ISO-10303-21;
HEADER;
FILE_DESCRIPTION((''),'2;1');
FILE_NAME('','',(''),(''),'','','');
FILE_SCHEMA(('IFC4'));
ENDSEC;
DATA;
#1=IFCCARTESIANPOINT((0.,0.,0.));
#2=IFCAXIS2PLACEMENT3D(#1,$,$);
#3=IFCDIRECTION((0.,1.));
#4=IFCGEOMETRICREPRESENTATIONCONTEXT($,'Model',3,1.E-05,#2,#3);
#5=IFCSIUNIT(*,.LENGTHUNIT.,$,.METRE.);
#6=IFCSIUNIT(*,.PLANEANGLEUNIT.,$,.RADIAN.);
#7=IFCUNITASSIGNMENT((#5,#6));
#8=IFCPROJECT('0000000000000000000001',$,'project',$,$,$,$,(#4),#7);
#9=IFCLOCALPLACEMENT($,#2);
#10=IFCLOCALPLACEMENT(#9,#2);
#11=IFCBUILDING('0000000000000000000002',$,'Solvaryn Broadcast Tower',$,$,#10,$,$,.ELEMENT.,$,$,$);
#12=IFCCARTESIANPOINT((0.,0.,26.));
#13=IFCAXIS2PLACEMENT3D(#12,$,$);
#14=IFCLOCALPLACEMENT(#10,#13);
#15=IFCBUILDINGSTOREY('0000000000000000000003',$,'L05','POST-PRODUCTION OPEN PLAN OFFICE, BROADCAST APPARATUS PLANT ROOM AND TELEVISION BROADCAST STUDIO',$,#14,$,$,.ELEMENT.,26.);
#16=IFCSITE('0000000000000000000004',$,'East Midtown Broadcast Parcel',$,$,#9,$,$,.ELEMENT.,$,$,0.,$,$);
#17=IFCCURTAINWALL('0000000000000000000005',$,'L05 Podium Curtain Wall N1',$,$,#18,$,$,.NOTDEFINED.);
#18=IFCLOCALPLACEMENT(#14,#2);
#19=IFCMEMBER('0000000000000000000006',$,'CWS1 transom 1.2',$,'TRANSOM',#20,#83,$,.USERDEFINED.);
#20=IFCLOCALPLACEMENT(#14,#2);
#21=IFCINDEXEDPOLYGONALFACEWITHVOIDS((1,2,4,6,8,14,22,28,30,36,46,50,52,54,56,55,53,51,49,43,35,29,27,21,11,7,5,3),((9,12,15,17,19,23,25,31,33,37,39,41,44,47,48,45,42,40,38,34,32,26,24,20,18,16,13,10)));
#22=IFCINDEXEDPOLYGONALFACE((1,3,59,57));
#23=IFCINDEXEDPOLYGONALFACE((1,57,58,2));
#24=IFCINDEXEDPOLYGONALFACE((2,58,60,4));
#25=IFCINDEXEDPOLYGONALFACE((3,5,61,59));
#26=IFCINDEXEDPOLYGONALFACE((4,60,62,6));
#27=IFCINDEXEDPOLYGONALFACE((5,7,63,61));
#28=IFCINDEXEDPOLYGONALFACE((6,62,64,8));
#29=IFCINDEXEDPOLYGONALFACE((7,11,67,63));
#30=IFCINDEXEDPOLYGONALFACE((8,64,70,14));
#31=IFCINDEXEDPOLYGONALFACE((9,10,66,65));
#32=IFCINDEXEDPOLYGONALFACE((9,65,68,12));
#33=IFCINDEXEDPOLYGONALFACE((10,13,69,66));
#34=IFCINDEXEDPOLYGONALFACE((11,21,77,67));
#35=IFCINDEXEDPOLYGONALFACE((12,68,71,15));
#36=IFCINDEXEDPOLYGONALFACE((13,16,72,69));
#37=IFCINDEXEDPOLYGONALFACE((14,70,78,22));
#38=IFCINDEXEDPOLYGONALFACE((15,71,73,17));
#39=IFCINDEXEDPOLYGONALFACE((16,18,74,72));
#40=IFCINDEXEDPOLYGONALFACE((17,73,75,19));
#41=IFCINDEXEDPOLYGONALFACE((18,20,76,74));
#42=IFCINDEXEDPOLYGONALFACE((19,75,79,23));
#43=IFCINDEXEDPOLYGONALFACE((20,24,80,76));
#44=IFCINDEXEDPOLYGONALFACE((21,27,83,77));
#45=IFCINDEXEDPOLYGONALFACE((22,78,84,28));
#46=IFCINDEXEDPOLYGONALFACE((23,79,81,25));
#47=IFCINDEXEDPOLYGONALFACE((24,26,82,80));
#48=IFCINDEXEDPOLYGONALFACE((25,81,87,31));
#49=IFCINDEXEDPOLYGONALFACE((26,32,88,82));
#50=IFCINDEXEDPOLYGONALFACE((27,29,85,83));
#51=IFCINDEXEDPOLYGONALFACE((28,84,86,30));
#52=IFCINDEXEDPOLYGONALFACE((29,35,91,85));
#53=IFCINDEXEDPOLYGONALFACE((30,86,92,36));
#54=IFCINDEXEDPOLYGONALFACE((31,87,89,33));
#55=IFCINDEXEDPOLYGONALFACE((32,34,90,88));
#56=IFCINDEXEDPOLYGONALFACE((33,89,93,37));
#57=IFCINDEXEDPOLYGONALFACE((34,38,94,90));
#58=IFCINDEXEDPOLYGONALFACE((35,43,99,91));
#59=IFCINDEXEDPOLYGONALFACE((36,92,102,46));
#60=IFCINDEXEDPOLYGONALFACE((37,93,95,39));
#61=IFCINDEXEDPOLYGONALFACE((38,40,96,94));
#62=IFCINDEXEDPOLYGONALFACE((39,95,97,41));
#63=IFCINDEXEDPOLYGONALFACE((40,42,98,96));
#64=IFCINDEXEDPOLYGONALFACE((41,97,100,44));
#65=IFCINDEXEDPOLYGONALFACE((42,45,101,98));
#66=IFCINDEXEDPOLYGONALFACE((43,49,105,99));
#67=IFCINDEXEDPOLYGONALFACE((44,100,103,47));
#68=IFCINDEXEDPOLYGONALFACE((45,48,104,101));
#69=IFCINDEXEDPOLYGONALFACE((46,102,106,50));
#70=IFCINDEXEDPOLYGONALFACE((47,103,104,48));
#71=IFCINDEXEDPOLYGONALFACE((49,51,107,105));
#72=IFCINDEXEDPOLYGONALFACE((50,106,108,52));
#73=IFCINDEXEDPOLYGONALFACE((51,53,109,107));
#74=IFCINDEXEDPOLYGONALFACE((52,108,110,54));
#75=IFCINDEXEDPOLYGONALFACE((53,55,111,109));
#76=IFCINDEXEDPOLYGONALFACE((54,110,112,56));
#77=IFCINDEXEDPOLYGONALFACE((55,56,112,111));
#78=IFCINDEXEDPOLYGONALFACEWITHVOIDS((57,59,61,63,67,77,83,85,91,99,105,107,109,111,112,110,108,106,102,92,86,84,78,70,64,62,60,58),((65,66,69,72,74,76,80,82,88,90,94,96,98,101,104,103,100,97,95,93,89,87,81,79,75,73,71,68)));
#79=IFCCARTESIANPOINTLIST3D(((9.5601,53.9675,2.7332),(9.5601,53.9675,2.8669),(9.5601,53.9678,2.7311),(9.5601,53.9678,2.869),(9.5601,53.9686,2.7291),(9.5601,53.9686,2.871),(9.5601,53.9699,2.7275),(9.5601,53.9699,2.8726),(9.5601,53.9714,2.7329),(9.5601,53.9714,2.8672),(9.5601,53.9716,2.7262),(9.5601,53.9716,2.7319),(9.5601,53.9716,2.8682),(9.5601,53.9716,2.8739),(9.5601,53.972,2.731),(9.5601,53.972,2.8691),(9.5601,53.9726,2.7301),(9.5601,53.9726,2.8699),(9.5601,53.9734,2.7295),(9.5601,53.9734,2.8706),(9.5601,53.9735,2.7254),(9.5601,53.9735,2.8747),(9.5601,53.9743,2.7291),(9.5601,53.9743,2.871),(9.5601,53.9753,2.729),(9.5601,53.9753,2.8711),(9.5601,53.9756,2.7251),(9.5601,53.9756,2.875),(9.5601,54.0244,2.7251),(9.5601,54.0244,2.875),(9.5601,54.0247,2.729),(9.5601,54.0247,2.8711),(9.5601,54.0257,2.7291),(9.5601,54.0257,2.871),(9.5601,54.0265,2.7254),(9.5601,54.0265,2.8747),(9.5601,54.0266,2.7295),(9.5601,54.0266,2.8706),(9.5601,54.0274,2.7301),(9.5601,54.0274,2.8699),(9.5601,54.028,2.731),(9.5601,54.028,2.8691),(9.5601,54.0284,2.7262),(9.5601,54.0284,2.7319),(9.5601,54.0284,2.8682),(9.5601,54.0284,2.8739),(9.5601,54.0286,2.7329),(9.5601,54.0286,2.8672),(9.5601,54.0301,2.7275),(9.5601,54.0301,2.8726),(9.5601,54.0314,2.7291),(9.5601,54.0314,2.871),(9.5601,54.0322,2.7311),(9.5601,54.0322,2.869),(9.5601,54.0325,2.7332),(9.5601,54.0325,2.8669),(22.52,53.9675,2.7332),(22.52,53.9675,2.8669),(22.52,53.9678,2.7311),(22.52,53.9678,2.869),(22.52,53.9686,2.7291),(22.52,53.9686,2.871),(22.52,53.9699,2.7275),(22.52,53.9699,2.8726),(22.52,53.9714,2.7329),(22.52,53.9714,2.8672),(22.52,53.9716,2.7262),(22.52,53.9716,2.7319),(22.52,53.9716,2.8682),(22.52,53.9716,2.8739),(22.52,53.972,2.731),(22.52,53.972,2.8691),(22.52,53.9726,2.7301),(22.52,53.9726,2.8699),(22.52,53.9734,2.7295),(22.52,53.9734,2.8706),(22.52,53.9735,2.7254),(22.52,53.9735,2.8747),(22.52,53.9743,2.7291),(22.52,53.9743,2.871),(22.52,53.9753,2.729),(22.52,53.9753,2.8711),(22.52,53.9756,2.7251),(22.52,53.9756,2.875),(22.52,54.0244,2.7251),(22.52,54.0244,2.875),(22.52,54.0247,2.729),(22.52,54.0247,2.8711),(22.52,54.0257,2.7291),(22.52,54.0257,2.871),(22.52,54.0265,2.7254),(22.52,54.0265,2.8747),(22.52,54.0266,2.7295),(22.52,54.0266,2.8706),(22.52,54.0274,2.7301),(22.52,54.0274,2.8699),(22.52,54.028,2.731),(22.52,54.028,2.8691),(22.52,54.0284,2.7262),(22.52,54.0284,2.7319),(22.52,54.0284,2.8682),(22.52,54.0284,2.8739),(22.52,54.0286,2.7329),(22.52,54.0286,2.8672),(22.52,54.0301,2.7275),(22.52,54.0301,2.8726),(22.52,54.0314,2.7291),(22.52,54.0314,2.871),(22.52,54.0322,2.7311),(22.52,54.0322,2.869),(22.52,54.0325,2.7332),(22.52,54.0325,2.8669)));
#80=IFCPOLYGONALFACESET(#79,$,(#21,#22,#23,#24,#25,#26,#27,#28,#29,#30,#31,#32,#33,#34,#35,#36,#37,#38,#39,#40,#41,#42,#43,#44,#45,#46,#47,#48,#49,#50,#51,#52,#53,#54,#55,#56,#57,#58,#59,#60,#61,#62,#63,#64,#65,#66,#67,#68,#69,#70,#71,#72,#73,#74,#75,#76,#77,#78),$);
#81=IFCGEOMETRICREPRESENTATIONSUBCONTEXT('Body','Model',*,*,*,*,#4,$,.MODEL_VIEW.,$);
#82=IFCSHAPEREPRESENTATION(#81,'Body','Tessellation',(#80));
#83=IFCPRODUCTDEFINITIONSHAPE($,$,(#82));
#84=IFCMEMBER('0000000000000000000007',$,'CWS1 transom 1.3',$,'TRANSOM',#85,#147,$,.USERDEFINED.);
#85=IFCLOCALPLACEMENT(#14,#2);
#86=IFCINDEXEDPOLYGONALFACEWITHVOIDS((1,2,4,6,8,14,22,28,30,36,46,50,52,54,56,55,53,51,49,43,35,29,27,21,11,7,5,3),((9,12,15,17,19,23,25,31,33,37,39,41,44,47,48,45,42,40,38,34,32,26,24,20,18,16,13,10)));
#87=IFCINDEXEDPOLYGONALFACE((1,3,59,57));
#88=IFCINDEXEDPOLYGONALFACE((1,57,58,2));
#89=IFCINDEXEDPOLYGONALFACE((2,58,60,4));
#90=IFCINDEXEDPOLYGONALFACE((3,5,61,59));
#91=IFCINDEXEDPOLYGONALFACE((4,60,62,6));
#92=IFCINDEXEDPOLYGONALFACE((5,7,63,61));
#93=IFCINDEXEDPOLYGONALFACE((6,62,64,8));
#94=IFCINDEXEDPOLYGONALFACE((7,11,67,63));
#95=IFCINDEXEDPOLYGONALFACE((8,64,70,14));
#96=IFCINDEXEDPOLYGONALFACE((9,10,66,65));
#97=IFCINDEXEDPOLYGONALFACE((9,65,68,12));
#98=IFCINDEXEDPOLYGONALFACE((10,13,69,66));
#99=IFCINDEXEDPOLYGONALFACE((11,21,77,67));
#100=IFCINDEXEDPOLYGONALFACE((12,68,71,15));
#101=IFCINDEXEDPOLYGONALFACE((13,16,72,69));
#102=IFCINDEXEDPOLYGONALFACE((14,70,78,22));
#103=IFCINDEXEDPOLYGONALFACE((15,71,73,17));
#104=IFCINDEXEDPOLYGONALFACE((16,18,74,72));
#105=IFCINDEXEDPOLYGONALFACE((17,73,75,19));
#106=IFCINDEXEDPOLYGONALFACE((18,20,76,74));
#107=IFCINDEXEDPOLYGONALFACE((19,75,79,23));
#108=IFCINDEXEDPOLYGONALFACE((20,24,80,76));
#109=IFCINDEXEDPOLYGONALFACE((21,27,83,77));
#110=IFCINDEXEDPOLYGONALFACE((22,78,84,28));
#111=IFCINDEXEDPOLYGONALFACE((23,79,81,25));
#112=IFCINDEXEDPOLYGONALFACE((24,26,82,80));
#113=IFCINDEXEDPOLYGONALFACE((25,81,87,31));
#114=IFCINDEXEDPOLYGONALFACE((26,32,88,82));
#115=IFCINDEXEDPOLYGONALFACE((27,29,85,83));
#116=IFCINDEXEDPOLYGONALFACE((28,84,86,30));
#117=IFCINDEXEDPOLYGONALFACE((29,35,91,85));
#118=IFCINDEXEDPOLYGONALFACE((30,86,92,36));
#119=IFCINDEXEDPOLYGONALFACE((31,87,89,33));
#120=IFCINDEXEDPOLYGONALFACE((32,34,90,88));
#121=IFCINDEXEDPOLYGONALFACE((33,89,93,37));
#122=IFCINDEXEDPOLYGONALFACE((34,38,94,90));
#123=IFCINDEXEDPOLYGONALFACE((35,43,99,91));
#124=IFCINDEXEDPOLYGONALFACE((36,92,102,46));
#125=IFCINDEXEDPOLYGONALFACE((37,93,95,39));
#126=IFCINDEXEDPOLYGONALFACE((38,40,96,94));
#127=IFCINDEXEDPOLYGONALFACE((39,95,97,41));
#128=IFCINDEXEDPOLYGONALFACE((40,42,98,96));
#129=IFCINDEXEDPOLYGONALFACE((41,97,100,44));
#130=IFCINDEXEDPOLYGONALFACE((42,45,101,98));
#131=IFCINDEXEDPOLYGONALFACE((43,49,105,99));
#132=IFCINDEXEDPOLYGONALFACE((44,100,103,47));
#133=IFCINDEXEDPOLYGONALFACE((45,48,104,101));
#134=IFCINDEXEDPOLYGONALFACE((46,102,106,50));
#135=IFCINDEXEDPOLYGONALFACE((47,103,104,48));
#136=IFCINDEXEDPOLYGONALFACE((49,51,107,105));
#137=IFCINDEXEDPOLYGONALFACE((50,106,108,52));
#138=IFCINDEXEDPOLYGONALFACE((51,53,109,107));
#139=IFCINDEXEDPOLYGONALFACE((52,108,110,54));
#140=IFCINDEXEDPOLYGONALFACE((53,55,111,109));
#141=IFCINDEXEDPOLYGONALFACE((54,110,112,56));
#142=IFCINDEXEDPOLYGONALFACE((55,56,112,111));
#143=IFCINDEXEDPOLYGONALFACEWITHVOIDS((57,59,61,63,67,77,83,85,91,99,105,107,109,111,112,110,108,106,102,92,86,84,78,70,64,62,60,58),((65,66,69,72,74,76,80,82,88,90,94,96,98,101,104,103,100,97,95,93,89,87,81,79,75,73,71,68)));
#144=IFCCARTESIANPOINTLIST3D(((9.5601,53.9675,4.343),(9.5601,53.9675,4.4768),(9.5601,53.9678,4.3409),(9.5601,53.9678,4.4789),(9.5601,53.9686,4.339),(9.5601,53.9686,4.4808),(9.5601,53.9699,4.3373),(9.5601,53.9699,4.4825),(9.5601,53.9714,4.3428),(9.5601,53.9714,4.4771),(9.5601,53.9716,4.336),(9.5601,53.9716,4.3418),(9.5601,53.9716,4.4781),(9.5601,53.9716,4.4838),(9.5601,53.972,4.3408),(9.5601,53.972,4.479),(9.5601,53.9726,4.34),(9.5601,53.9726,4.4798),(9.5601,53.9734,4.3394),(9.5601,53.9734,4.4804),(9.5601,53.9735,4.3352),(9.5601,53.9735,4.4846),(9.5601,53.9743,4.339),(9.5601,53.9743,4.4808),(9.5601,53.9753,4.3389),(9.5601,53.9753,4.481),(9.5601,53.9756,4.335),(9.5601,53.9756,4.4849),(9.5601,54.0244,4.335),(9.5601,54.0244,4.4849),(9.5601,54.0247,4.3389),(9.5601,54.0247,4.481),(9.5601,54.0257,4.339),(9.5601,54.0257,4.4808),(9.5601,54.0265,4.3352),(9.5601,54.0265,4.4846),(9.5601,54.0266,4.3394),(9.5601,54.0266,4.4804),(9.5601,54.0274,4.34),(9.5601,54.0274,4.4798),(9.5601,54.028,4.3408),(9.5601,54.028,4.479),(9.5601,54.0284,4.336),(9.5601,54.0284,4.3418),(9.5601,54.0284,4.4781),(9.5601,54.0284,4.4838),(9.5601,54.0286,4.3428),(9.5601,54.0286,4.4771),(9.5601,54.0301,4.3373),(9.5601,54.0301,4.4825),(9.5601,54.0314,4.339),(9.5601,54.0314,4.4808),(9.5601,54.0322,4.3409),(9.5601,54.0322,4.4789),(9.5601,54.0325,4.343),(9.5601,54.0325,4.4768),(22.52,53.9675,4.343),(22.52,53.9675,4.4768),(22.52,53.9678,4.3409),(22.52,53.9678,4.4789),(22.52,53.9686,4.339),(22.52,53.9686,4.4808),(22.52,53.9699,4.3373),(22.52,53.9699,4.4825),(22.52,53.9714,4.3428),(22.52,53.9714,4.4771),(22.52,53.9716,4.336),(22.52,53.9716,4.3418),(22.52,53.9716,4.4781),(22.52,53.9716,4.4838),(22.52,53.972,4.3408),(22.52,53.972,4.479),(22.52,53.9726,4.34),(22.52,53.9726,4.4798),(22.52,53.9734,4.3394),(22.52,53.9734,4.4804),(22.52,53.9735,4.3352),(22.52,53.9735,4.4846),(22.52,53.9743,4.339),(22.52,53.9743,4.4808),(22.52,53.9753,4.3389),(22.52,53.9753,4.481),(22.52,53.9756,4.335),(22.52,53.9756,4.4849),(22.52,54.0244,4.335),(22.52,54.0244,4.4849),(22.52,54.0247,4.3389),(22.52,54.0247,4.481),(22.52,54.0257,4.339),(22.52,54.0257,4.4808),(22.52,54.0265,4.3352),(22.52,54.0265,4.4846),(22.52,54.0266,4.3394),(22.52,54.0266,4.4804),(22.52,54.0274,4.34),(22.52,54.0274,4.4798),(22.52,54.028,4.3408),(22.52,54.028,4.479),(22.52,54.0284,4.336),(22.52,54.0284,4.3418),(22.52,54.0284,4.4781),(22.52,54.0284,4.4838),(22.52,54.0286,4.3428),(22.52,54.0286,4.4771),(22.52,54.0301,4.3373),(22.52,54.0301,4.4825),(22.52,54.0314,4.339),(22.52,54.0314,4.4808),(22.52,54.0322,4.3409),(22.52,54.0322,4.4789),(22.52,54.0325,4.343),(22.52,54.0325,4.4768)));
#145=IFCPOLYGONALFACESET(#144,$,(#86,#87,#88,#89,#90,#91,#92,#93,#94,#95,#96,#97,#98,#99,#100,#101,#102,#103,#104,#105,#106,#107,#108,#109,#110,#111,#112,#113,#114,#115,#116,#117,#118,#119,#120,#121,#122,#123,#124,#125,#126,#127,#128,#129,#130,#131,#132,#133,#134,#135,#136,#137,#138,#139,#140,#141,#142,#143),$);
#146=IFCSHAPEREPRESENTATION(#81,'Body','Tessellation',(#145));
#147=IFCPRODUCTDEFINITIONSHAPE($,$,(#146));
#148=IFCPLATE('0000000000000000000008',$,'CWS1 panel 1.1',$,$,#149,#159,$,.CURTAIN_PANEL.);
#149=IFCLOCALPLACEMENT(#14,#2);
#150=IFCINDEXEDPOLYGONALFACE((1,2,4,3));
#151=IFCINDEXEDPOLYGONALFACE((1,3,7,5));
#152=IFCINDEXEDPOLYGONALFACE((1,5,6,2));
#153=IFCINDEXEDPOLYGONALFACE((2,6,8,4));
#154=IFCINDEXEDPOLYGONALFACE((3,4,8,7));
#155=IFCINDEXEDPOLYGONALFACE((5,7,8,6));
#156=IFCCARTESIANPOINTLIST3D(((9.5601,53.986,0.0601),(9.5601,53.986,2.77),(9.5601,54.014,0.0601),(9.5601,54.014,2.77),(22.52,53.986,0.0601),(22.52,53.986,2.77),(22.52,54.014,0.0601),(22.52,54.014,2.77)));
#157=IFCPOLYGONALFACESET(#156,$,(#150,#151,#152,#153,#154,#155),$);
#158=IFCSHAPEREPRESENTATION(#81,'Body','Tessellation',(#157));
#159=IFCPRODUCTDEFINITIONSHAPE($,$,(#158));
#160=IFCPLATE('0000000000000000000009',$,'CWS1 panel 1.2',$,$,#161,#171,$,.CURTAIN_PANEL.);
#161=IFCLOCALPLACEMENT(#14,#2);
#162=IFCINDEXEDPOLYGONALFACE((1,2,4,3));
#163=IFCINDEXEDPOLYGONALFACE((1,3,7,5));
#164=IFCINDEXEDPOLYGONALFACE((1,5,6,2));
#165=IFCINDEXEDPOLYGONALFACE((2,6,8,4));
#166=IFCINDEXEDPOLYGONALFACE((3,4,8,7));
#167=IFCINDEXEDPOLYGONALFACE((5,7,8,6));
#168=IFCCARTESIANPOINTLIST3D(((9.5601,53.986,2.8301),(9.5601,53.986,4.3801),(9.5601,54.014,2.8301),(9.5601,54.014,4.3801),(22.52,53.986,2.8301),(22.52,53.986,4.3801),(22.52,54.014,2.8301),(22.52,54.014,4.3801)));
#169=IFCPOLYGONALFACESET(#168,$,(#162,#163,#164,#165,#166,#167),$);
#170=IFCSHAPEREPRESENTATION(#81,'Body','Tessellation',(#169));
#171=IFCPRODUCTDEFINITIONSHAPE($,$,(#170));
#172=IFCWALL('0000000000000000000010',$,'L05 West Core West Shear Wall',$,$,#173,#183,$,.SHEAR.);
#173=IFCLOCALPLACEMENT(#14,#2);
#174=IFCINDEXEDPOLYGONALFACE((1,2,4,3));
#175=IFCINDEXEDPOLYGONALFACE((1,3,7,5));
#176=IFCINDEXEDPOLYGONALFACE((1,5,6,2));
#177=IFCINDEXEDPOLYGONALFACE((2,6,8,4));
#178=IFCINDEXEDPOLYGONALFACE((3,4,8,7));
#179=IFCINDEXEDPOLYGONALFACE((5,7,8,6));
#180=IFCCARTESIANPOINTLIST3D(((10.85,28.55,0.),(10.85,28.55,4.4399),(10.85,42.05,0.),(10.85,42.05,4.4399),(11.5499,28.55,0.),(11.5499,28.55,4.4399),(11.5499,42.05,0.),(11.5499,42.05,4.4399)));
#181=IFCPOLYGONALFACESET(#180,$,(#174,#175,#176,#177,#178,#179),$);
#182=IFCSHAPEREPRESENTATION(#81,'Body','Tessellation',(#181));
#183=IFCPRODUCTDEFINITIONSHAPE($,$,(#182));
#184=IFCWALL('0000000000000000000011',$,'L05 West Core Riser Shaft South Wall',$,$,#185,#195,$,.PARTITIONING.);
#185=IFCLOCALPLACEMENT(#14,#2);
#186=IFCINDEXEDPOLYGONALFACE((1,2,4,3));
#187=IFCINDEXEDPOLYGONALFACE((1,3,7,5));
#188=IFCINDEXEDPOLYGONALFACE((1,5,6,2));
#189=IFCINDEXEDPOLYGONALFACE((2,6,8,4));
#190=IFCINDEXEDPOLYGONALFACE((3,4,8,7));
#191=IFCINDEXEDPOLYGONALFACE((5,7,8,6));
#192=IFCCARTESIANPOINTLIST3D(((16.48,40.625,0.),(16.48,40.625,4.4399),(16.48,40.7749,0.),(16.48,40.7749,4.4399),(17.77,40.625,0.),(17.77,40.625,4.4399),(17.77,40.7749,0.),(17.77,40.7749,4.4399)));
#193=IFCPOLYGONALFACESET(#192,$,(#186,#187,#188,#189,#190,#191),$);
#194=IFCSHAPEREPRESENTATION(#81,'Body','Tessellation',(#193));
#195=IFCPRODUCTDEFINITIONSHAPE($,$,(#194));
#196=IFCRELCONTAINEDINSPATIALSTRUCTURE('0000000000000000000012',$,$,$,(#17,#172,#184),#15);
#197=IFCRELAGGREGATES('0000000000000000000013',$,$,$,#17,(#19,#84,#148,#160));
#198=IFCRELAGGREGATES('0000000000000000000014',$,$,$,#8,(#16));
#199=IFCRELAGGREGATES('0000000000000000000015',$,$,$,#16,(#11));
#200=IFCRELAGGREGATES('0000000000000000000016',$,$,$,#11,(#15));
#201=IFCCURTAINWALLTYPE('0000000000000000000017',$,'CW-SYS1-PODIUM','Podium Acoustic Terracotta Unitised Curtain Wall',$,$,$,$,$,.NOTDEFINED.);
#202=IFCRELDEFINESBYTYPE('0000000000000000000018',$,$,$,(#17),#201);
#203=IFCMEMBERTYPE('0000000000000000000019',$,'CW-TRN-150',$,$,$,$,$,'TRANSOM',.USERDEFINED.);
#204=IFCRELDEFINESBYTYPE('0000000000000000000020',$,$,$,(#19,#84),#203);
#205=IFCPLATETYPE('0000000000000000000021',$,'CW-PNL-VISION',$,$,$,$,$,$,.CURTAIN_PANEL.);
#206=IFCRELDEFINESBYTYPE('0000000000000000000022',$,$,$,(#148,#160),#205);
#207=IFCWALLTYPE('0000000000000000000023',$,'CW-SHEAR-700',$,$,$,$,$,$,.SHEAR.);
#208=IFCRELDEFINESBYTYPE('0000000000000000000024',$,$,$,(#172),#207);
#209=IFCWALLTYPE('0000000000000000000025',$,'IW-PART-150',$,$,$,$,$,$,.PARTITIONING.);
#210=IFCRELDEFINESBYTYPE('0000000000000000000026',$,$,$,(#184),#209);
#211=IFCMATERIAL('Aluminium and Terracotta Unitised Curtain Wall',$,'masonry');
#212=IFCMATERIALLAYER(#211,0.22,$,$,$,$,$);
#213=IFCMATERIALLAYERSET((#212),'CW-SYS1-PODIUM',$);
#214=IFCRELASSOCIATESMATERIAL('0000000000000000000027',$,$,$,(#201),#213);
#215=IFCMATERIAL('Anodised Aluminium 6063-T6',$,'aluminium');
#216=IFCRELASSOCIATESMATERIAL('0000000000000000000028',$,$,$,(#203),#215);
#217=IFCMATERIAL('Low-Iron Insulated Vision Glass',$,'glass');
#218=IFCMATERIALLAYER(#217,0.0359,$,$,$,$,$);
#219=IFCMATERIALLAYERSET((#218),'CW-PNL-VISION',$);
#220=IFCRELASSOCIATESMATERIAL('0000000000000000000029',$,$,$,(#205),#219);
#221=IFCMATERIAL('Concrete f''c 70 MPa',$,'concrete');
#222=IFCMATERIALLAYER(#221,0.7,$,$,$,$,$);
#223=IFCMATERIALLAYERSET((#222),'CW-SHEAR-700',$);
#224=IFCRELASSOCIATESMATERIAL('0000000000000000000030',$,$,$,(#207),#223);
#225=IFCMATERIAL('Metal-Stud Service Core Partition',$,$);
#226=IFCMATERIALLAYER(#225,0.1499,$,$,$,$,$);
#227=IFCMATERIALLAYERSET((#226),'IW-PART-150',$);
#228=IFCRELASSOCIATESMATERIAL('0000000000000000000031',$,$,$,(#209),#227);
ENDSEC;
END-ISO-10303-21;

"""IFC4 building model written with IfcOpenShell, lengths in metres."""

from ifc_helpers import new_model, si_unit, direction, frame, frame_2d, origin, origin_2d, place, context, subcontext, project, spatial, rectangle, hollow_rectangle, extrude, material, layer, layer_set, material_profile, profile_set, type_object, element, aggregate, save


model = new_model("IFC4")

# Units and contexts
model_context = context("Model", 3, precision=1e-05, world=origin(), true_north=direction((0.0, 1.0)))
body_context = subcontext(model_context, "Body", "Model", "MODEL_VIEW")
ifc_project = project(units=[si_unit("LENGTHUNIT", "METRE"), si_unit("PLANEANGLEUNIT", "RADIAN")], contexts=[model_context])

# Site, building, storey
site_placement = place(None, origin())
site = spatial("IfcSite", under=ifc_project, at=site_placement, Name="East Midtown Broadcast Parcel", CompositionType="ELEMENT", RefElevation=0.0)
building_placement = place(site_placement, origin())
building = spatial("IfcBuilding", under=site, at=building_placement, Name="Solvaryn Broadcast Tower", CompositionType="ELEMENT")
storey_placement = place(building_placement, frame((0.0, 0.0, 26.0)))
storey = spatial("IfcBuildingStorey", under=building, at=storey_placement, Name="L05", Description="POST-PRODUCTION OPEN PLAN OFFICE, BROADCAST APPARATUS PLANT ROOM AND TELEVISION BROADCAST STUDIO", CompositionType="ELEMENT", Elevation=26.0)

# Curtain wall, members, plates
ifc_material_1 = material(Name="Aluminium and Terracotta Unitised Curtain Wall", Category="masonry")
ifc_layer_1 = layer(ifc_material_1, 0.22)
ifc_layer_set_1 = layer_set([ifc_layer_1], Name="CW-SYS1-PODIUM")
curtain_wall_type = type_object("IfcCurtainWallType", Name="CW-SYS1-PODIUM", Description="Podium Acoustic Terracotta Unitised Curtain Wall", PredefinedType="NOTDEFINED", material=ifc_layer_set_1)
curtain_wall_placement = place(storey_placement, origin())
curtain_wall = element("IfcCurtainWall", 1, at=curtain_wall_placement, inside=storey, type_object=curtain_wall_type, Name="L05 Podium Curtain Wall N1", PredefinedType="NOTDEFINED")
ifc_material_2 = material(Name="Anodised Aluminium 6063-T6", Category="aluminium")
ifc_material_profile_1 = material_profile(ifc_material_2, hollow_rectangle(XDim=0.0649, YDim=0.1499, WallThickness=0.0039, InnerFilletRadius=0.0039, OuterFilletRadius=0.0081, at=origin_2d()))
ifc_profile_set_1 = profile_set([ifc_material_profile_1], Name="Anodised Aluminium 6063-T6")
member_type_1 = type_object("IfcMemberType", Name="CW-TRN-150", ElementType="TRANSOM", PredefinedType="USERDEFINED", material=ifc_profile_set_1)
member_1_placement = place(storey_placement, frame((9.5601, 54.0, 2.8), z_axis=(1.0, 0.0, 0.0), x_axis=(0.0, 1.0, 0.0)))
member_1 = element("IfcMember", 2, at=member_1_placement, type_object=member_type_1, Name="CWS1 transom 1.2", ObjectType="TRANSOM", PredefinedType="USERDEFINED", context=body_context, shape_type="SweptSolid", body=[
    extrude(hollow_rectangle(XDim=0.0649, YDim=0.1499, WallThickness=0.0039, InnerFilletRadius=0.0039, OuterFilletRadius=0.0081, at=origin_2d()), origin(), (0.0, 0.0, 1.0), 12.96),
])
member_2_placement = place(storey_placement, frame((9.5601, 54.0, 4.4099), z_axis=(1.0, 0.0, 0.0), x_axis=(0.0, 1.0, 0.0)))
member_2 = element("IfcMember", 3, at=member_2_placement, type_object=member_type_1, Name="CWS1 transom 1.3", ObjectType="TRANSOM", PredefinedType="USERDEFINED", context=body_context, shape_type="SweptSolid", body=[
    extrude(hollow_rectangle(XDim=0.0649, YDim=0.1499, WallThickness=0.0039, InnerFilletRadius=0.0039, OuterFilletRadius=0.0081, at=origin_2d()), origin(), (0.0, 0.0, 1.0), 12.96),
])
ifc_material_3 = material(Name="Low-Iron Insulated Vision Glass", Category="glass")
ifc_layer_2 = layer(ifc_material_3, 0.0359)
ifc_layer_set_2 = layer_set([ifc_layer_2], Name="CW-PNL-VISION")
plate_type = type_object("IfcPlateType", Name="CW-PNL-VISION", PredefinedType="CURTAIN_PANEL", material=ifc_layer_set_2)
plate_1_placement = place(storey_placement, frame((16.04, 54.0, 0.0601), z_axis=(0.0, 0.0, 1.0), x_axis=(1.0, 0.0, 0.0)))
plate_1 = element("IfcPlate", 4, at=plate_1_placement, type_object=plate_type, Name="CWS1 panel 1.1", PredefinedType="CURTAIN_PANEL", context=body_context, shape_type="SweptSolid", body=[
    extrude(rectangle(XDim=12.96, YDim=0.0281, at=origin_2d()), origin(), (0.0, 0.0, 1.0), 2.71),
])
plate_2_placement = place(storey_placement, frame((16.04, 54.0, 2.8301), z_axis=(0.0, 0.0, 1.0), x_axis=(1.0, 0.0, 0.0)))
plate_2 = element("IfcPlate", 5, at=plate_2_placement, type_object=plate_type, Name="CWS1 panel 1.2", PredefinedType="CURTAIN_PANEL", context=body_context, shape_type="SweptSolid", body=[
    extrude(rectangle(XDim=12.96, YDim=0.0281, at=origin_2d()), origin(), (0.0, 0.0, 1.0), 1.55),
])
aggregate(curtain_wall, [member_1, member_2, plate_1, plate_2])

# Walls
ifc_material_4 = material(Name="Concrete f'c 70 MPa", Category="concrete")
ifc_layer_3 = layer(ifc_material_4, 0.7)
ifc_layer_set_3 = layer_set([ifc_layer_3], Name="CW-SHEAR-700")
wall_type_1 = type_object("IfcWallType", Name="CW-SHEAR-700", PredefinedType="SHEAR", material=ifc_layer_set_3)
wall_1_placement = place(storey_placement, frame((11.2, 42.05, 0.0), z_axis=(0.0, 0.0, 1.0), x_axis=(0.0, -1.0, 0.0)))
element("IfcWall", 6, at=wall_1_placement, inside=storey, type_object=wall_type_1, Name="L05 West Core West Shear Wall", PredefinedType="SHEAR", context=body_context, shape_type="SweptSolid", body=[
    extrude(rectangle(XDim=13.5, YDim=0.7, at=frame_2d((6.75, 0.0))), origin(), (0.0, 0.0, 1.0), 4.4399),
])
ifc_material_5 = material(Name="Metal-Stud Service Core Partition")
ifc_layer_4 = layer(ifc_material_5, 0.1499)
ifc_layer_set_4 = layer_set([ifc_layer_4], Name="IW-PART-150")
wall_type_2 = type_object("IfcWallType", Name="IW-PART-150", PredefinedType="PARTITIONING", material=ifc_layer_set_4)
wall_2_placement = place(storey_placement, frame((16.48, 40.7, 0.0), z_axis=(0.0, 0.0, 1.0), x_axis=(1.0, 0.0, 0.0)))
element("IfcWall", 7, at=wall_2_placement, inside=storey, type_object=wall_type_2, Name="L05 West Core Riser Shaft South Wall", PredefinedType="PARTITIONING", context=body_context, shape_type="SweptSolid", body=[
    extrude(rectangle(XDim=1.29, YDim=0.1499, at=frame_2d((0.645, 0.0))), origin(), (0.0, 0.0, 1.0), 4.4399),
])

save(model, "model.ifc")
